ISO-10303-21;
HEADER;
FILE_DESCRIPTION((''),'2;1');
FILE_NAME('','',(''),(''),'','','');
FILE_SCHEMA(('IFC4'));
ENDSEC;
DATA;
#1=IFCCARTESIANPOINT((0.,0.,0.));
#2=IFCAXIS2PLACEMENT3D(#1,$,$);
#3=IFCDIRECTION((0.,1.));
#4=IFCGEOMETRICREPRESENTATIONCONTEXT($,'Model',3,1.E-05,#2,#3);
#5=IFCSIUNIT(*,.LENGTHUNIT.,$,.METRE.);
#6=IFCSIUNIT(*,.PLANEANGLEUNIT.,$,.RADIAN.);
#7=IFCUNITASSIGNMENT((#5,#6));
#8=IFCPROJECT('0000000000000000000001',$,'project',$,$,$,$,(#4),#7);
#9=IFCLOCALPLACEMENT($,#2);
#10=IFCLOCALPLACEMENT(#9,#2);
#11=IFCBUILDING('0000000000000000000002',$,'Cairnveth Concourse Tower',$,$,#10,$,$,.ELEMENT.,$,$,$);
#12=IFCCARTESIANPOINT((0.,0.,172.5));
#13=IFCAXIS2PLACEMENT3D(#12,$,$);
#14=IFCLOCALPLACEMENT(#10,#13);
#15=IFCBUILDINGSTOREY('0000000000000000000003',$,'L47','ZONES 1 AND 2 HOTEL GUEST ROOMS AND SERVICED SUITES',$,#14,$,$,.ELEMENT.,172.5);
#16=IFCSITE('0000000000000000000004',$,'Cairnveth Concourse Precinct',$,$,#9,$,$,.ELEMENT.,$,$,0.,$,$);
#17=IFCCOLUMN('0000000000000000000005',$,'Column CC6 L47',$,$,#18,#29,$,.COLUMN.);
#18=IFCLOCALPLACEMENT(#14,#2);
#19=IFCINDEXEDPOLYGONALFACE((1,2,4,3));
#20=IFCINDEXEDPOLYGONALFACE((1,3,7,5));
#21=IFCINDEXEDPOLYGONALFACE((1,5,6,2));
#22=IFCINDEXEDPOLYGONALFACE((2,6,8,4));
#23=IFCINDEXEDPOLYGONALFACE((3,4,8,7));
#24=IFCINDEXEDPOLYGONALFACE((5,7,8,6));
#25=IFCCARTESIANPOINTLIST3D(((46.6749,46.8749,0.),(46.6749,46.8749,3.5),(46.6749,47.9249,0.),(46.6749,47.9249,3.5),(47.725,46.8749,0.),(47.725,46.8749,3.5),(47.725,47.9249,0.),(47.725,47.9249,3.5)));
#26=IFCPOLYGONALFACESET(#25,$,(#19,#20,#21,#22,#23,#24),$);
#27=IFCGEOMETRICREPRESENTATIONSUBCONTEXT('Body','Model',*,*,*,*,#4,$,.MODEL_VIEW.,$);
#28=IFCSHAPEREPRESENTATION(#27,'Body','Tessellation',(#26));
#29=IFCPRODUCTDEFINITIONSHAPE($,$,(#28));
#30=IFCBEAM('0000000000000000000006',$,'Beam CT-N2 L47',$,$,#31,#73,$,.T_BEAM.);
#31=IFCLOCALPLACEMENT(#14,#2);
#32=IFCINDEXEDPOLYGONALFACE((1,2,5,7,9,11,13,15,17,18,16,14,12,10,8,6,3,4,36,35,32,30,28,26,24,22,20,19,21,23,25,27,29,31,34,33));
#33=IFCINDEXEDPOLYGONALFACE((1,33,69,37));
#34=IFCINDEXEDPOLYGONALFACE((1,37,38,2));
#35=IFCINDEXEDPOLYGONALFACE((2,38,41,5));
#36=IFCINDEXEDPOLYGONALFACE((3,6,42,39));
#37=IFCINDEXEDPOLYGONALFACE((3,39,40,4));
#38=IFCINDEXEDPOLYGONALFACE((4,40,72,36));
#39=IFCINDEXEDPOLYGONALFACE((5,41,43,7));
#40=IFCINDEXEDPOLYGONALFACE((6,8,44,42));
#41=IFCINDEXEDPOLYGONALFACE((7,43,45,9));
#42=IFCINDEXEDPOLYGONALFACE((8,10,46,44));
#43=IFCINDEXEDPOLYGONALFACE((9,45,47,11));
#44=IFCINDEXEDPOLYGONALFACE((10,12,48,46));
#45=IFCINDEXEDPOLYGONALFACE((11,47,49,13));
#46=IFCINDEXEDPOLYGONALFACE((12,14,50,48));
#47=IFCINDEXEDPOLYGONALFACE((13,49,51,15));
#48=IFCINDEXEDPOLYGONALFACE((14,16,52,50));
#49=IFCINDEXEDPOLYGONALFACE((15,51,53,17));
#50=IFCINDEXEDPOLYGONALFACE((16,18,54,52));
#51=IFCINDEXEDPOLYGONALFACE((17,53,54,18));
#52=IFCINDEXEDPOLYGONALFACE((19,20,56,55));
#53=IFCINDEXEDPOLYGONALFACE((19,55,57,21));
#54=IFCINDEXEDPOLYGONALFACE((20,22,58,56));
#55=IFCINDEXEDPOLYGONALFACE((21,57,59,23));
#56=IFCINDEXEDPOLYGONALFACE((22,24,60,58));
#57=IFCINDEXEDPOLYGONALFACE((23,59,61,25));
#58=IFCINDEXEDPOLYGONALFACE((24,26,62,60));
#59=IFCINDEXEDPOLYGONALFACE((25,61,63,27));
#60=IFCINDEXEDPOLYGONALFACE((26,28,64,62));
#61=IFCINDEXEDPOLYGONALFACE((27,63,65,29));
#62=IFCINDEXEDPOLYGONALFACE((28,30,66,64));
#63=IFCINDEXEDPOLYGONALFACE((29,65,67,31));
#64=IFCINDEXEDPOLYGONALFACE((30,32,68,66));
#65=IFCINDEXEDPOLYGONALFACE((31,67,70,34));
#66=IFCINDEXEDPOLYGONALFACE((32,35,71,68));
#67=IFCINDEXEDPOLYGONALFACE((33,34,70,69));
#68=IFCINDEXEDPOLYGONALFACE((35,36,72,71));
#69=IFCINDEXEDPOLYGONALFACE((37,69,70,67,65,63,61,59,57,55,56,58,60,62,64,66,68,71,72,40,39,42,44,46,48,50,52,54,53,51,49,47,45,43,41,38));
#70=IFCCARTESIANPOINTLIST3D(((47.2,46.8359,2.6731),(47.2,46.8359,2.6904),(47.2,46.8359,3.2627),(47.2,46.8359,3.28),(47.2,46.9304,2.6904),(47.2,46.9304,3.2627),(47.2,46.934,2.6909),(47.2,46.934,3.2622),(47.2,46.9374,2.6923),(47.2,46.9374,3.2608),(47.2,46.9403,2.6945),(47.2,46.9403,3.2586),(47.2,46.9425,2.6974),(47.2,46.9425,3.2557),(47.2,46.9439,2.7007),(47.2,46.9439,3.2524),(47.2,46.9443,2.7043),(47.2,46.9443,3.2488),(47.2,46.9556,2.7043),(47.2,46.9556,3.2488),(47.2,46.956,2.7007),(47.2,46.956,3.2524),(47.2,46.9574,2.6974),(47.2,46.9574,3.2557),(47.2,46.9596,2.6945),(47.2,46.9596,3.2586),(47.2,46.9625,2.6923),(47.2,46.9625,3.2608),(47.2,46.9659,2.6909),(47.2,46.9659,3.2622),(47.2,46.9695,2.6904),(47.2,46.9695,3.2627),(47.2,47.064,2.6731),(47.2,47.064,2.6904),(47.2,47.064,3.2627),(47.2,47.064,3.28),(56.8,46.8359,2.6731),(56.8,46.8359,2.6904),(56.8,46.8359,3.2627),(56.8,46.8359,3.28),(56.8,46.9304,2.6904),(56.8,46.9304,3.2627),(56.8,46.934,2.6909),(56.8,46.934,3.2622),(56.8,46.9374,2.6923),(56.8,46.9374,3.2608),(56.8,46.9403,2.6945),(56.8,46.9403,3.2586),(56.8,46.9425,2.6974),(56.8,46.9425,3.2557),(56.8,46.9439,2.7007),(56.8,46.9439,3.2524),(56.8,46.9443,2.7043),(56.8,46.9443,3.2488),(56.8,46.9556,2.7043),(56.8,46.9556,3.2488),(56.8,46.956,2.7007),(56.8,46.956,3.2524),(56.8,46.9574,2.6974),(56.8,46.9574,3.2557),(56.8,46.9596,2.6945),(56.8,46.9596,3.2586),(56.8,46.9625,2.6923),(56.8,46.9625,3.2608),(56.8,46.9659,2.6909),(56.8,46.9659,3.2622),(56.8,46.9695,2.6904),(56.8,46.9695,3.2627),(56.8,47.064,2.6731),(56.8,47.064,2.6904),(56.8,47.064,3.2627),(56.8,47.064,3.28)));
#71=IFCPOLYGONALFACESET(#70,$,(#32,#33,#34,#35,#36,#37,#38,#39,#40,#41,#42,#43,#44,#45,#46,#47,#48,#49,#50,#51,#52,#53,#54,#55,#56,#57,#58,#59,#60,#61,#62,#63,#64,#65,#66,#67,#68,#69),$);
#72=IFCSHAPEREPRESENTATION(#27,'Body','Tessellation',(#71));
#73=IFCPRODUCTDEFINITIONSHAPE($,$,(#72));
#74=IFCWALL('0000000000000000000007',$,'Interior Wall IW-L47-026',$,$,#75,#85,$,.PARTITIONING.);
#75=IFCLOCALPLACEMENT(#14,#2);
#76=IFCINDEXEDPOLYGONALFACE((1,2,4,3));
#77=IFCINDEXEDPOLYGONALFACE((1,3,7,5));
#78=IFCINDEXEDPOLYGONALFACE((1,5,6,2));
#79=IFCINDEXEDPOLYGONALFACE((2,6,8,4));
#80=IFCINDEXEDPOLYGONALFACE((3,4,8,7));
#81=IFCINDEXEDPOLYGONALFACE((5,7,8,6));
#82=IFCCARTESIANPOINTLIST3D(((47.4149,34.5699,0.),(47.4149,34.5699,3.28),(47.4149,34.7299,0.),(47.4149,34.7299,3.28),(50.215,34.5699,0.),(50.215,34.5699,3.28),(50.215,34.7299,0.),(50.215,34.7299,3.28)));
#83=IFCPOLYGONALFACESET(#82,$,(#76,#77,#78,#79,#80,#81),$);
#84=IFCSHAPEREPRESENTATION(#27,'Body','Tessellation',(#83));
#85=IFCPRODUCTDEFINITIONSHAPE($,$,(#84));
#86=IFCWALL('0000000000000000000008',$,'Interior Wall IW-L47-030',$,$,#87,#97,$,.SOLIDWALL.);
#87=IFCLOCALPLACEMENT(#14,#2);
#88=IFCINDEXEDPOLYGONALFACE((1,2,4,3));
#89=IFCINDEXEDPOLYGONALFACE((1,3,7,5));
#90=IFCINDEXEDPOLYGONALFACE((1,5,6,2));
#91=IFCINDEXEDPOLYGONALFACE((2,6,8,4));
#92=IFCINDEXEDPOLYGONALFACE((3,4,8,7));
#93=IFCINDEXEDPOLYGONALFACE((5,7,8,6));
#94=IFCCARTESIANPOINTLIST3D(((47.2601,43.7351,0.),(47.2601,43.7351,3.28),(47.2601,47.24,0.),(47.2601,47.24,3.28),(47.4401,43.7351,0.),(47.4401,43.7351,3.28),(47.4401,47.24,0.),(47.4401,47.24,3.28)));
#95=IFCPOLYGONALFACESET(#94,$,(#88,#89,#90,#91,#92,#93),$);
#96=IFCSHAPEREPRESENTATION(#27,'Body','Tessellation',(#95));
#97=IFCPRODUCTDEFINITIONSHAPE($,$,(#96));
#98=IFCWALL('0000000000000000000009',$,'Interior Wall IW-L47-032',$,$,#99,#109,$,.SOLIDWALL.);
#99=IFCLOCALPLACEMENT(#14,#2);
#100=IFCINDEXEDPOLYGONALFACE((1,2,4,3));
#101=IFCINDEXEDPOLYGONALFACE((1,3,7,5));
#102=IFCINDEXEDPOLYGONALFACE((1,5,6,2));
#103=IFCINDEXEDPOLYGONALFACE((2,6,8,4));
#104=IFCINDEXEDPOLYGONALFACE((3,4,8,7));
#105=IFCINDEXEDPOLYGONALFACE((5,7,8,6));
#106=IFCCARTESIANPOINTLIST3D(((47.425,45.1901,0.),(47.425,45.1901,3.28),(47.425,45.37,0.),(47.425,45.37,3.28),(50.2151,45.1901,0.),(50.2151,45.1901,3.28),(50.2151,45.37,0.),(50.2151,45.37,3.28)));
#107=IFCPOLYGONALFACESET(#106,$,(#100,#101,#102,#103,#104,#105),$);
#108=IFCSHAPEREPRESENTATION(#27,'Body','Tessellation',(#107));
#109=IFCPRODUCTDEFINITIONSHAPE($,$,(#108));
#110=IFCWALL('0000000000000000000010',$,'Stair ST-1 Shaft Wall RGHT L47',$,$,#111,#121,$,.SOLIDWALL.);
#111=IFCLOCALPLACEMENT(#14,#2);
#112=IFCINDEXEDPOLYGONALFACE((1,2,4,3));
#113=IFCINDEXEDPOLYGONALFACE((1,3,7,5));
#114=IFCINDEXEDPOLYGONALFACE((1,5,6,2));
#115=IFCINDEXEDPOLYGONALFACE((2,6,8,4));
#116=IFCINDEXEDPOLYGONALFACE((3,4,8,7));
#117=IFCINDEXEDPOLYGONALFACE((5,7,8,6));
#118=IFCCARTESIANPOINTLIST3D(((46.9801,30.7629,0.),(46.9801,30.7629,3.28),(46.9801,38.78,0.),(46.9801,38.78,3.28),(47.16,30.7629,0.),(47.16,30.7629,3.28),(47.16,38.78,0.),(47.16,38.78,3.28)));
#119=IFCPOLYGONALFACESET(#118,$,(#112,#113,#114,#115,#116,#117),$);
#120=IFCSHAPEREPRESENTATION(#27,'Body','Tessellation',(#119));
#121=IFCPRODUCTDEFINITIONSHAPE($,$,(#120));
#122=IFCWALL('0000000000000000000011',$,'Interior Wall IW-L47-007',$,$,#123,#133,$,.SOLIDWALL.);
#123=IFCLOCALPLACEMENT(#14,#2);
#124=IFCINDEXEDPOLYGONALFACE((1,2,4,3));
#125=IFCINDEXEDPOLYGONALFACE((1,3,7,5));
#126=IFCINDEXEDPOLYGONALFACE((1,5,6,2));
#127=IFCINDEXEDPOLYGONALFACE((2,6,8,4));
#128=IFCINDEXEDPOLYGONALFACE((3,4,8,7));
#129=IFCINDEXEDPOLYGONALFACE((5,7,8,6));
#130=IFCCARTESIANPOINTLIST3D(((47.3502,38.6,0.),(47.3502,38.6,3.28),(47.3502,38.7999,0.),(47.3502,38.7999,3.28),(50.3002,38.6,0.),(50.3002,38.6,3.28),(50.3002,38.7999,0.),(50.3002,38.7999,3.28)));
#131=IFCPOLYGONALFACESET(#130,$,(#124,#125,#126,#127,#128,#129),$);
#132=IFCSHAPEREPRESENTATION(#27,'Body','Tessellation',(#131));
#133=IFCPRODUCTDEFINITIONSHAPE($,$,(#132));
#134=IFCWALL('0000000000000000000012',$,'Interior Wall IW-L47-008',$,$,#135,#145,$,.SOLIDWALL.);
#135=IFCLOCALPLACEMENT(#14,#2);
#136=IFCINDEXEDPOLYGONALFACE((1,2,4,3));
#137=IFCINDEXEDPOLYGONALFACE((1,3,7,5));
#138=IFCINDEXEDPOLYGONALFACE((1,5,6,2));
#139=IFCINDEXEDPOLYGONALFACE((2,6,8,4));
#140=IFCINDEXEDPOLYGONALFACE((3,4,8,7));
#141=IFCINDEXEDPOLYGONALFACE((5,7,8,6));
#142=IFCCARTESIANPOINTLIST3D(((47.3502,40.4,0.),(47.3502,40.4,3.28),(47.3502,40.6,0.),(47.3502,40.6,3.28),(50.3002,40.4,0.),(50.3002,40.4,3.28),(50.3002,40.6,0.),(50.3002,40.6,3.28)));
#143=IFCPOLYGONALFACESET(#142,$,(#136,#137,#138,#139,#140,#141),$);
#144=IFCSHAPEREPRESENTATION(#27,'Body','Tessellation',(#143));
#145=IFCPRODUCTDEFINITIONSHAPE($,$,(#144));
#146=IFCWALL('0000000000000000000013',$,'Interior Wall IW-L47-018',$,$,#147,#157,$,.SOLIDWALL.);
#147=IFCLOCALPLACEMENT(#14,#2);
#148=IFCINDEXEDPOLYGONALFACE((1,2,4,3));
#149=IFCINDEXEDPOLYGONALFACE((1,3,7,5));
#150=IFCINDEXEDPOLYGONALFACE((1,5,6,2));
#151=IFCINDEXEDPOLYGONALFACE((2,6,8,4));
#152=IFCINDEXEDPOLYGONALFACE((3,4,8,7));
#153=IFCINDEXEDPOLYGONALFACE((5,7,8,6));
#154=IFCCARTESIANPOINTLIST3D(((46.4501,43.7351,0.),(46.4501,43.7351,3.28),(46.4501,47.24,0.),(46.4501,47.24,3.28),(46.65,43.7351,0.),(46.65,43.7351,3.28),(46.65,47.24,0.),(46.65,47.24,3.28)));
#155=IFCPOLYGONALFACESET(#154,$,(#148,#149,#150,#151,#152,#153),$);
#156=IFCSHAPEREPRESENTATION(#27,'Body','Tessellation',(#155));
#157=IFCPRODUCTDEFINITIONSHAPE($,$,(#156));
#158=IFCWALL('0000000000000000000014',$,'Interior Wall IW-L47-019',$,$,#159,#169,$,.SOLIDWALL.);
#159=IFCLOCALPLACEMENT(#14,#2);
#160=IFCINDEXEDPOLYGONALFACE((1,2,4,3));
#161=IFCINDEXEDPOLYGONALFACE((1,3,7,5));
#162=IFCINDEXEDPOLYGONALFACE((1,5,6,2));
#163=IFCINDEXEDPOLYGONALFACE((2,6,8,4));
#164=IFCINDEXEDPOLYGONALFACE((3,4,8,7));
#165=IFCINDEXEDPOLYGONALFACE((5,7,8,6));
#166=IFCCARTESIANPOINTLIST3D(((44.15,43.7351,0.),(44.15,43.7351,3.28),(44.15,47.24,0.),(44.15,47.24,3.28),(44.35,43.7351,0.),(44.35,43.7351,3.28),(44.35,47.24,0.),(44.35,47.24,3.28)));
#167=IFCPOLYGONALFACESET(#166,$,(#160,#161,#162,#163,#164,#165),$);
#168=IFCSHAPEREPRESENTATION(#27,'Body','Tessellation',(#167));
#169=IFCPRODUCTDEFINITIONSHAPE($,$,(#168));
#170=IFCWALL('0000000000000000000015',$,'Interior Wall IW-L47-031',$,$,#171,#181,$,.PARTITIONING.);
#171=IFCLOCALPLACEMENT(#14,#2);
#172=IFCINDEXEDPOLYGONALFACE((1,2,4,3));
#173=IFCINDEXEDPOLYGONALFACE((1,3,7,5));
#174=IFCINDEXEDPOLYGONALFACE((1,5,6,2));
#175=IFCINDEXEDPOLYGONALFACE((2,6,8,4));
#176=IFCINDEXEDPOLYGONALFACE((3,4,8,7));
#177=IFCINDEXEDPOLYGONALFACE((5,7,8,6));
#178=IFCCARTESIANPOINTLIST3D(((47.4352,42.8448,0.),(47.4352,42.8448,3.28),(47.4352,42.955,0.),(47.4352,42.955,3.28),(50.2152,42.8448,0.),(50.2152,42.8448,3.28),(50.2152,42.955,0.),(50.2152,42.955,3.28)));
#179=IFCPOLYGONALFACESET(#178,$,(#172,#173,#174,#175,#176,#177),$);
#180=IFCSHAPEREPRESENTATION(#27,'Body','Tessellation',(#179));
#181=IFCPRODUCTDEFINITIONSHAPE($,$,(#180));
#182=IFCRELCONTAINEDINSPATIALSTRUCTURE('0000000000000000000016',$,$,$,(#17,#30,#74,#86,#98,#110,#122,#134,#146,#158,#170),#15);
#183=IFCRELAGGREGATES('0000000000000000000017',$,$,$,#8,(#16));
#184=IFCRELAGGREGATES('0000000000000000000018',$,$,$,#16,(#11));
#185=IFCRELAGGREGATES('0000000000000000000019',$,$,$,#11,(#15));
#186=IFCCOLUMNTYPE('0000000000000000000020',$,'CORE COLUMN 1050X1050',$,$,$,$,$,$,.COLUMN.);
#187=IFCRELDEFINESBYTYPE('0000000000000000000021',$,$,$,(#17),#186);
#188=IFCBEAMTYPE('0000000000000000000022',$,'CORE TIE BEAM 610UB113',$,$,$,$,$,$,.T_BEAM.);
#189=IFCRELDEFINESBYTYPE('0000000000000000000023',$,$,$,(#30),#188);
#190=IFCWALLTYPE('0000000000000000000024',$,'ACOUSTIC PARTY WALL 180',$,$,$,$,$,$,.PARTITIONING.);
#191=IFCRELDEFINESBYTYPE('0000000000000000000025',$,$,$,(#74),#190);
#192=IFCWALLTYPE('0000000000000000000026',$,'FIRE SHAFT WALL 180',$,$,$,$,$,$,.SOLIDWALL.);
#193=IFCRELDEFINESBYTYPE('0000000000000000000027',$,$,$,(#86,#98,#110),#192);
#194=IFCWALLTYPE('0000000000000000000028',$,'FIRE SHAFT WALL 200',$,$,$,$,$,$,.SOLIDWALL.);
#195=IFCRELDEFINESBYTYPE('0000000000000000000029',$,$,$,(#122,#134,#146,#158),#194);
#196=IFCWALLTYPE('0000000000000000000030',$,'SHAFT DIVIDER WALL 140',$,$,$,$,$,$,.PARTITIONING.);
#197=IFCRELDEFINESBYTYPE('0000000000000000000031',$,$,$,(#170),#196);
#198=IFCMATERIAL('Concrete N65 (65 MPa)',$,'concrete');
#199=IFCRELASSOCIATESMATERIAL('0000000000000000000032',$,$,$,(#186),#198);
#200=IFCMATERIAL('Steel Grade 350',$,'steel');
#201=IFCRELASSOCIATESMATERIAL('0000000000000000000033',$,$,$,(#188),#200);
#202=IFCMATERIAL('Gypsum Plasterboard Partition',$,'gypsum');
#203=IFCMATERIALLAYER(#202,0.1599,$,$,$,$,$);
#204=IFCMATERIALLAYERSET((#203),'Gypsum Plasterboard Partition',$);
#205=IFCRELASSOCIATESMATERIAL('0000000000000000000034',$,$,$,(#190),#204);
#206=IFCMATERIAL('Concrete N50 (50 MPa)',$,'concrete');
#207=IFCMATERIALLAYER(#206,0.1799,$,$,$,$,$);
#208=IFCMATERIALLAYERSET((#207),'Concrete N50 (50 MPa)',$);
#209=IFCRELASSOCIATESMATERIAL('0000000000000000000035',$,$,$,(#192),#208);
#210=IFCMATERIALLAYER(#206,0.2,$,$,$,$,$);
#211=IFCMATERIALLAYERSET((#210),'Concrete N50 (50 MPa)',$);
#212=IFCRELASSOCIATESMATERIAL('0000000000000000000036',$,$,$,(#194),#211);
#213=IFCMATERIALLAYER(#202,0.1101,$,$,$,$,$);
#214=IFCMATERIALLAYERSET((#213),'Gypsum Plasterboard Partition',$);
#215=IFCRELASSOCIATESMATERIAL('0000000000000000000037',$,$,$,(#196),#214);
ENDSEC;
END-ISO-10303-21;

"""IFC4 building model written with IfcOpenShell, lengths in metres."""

from ifc_helpers import new_model, si_unit, direction, frame, frame_2d, origin, origin_2d, place, context, subcontext, project, spatial, rectangle, i_section, extrude, material, layer, layer_set, material_profile, profile_set, type_object, element, save


model = new_model("IFC4")

# Units and contexts
model_context = context("Model", 3, precision=1e-05, world=origin(), true_north=direction((0.0, 1.0)))
body_context = subcontext(model_context, "Body", "Model", "MODEL_VIEW")
ifc_project = project(units=[si_unit("LENGTHUNIT", "METRE"), si_unit("PLANEANGLEUNIT", "RADIAN")], contexts=[model_context])

# Site, building, storey
site_placement = place(None, origin())
site = spatial("IfcSite", under=ifc_project, at=site_placement, Name="Cairnveth Concourse Precinct", CompositionType="ELEMENT", RefElevation=0.0)
building_placement = place(site_placement, origin())
building = spatial("IfcBuilding", under=site, at=building_placement, Name="Cairnveth Concourse Tower", CompositionType="ELEMENT")
storey_placement = place(building_placement, frame((0.0, 0.0, 172.5)))
storey = spatial("IfcBuildingStorey", under=building, at=storey_placement, Name="L47", Description="ZONES 1 AND 2 HOTEL GUEST ROOMS AND SERVICED SUITES", CompositionType="ELEMENT", Elevation=172.5)

# Column
ifc_material_1 = material(Name="Concrete N65 (65 MPa)", Category="concrete")
ifc_material_profile_1 = material_profile(ifc_material_1, rectangle(XDim=1.05, YDim=1.05, at=origin_2d()), Name="RC-COL-1050x1050")
ifc_profile_set_1 = profile_set([ifc_material_profile_1], Name="Concrete N65 (65 MPa)")
column_type = type_object("IfcColumnType", Name="CORE COLUMN 1050X1050", PredefinedType="COLUMN", material=ifc_profile_set_1)
column_placement = place(storey_placement, frame((47.2, 47.3999, 0.0), z_axis=(0.0, 0.0, 1.0), x_axis=(1.0, 0.0, 0.0)))
element("IfcColumn", 1, at=column_placement, inside=storey, type_object=column_type, Name="Column CC6 L47", PredefinedType="COLUMN", context=body_context, shape_type="SweptSolid", body=[
    extrude(rectangle(XDim=1.05, YDim=1.05, at=origin_2d()), origin(), (0.0, 0.0, 1.0), 3.5),
])

# Beam
ifc_material_2 = material(Name="Steel Grade 350", Category="steel")
ifc_material_profile_2 = material_profile(ifc_material_2, i_section(OverallWidth=0.228, OverallDepth=0.6069, WebThickness=0.0112, FlangeThickness=0.0173, FilletRadius=0.0139, at=origin_2d()), Name="610UB113")
ifc_profile_set_2 = profile_set([ifc_material_profile_2], Name="Steel Grade 350")
beam_type = type_object("IfcBeamType", Name="CORE TIE BEAM 610UB113", PredefinedType="T_BEAM", material=ifc_profile_set_2)
beam_placement = place(storey_placement, frame((47.2, 46.95, 2.9766), z_axis=(1.0, 0.0, 0.0), x_axis=(0.0, 1.0, 0.0)))
element("IfcBeam", 2, at=beam_placement, inside=storey, type_object=beam_type, Name="Beam CT-N2 L47", PredefinedType="T_BEAM", context=body_context, shape_type="SweptSolid", body=[
    extrude(i_section(OverallWidth=0.228, OverallDepth=0.6069, WebThickness=0.0112, FlangeThickness=0.0173, FilletRadius=0.0139, at=origin_2d()), origin(), (0.0, 0.0, 1.0), 9.6001),
])

# Walls
ifc_material_3 = material(Name="Gypsum Plasterboard Partition", Category="gypsum")
ifc_layer_1 = layer(ifc_material_3, 0.1599)
ifc_layer_set_1 = layer_set([ifc_layer_1], Name="Gypsum Plasterboard Partition")
wall_type_1 = type_object("IfcWallType", Name="ACOUSTIC PARTY WALL 180", PredefinedType="PARTITIONING", material=ifc_layer_set_1)
wall_1_placement = place(storey_placement, frame((47.415, 34.6499, 0.0), z_axis=(0.0, 0.0, 1.0), x_axis=(1.0, 0.0, 0.0)))
element("IfcWall", 3, at=wall_1_placement, inside=storey, type_object=wall_type_1, Name="Interior Wall IW-L47-026", PredefinedType="PARTITIONING", context=body_context, shape_type="SweptSolid", body=[
    extrude(rectangle(XDim=2.8, YDim=0.1599, at=frame_2d((1.3999, 0.0))), origin(), (0.0, 0.0, 1.0), 3.28),
])
ifc_material_4 = material(Name="Concrete N50 (50 MPa)", Category="concrete")
ifc_layer_2 = layer(ifc_material_4, 0.1799)
ifc_layer_set_2 = layer_set([ifc_layer_2], Name="Concrete N50 (50 MPa)")
wall_type_2 = type_object("IfcWallType", Name="FIRE SHAFT WALL 180", PredefinedType="SOLIDWALL", material=ifc_layer_set_2)
wall_2_placement = place(storey_placement, frame((47.3501, 43.7351, 0.0), z_axis=(0.0, 0.0, 1.0), x_axis=(0.0, 1.0, 0.0)))
element("IfcWall", 4, at=wall_2_placement, inside=storey, type_object=wall_type_2, Name="Interior Wall IW-L47-030", PredefinedType="SOLIDWALL", context=body_context, shape_type="SweptSolid", body=[
    extrude(rectangle(XDim=3.5049, YDim=0.1799, at=frame_2d((1.7524, 0.0))), origin(), (0.0, 0.0, 1.0), 3.28),
])
wall_3_placement = place(storey_placement, frame((47.425, 45.28, 0.0), z_axis=(0.0, 0.0, 1.0), x_axis=(1.0, 0.0, 0.0)))
element("IfcWall", 5, at=wall_3_placement, inside=storey, type_object=wall_type_2, Name="Interior Wall IW-L47-032", PredefinedType="SOLIDWALL", context=body_context, shape_type="SweptSolid", body=[
    extrude(rectangle(XDim=2.79, YDim=0.1799, at=frame_2d((1.395, 0.0))), origin(), (0.0, 0.0, 1.0), 3.28),
])
wall_4_placement = place(storey_placement, frame((47.0701, 38.78, 0.0), z_axis=(0.0, 0.0, 1.0), x_axis=(0.0, -1.0, 0.0)))
element("IfcWall", 6, at=wall_4_placement, inside=storey, type_object=wall_type_2, Name="Stair ST-1 Shaft Wall RGHT L47", PredefinedType="SOLIDWALL", context=body_context, shape_type="SweptSolid", body=[
    extrude(rectangle(XDim=8.0171, YDim=0.1799, at=frame_2d((4.0085, 0.0))), origin(), (0.0, 0.0, 1.0), 3.28),
])
ifc_layer_3 = layer(ifc_material_4, 0.2)
ifc_layer_set_3 = layer_set([ifc_layer_3], Name="Concrete N50 (50 MPa)")
wall_type_3 = type_object("IfcWallType", Name="FIRE SHAFT WALL 200", PredefinedType="SOLIDWALL", material=ifc_layer_set_3)
for number, where, z_axis, x_axis, name in (
    (7, (47.3501, 38.7, 0.0), (0.0, 0.0, 1.0), (1.0, 0.0, 0.0), "Interior Wall IW-L47-007"),
    (8, (47.3501, 40.5, 0.0), (0.0, 0.0, 1.0), (1.0, 0.0, 0.0), "Interior Wall IW-L47-008"),
):
    element("IfcWall", number, at=place(storey_placement, frame(where, z_axis=z_axis, x_axis=x_axis)), inside=storey, type_object=wall_type_3, Name=name, PredefinedType="SOLIDWALL", context=body_context, shape_type="SweptSolid", body=[
        extrude(rectangle(XDim=2.95, YDim=0.2, at=frame_2d((1.4751, 0.0))), origin(), (0.0, 0.0, 1.0), 3.28),
    ])

# Walls
for number, where, z_axis, x_axis, name in (
    (9, (46.55, 43.7351, 0.0), (0.0, 0.0, 1.0), (0.0, 1.0, 0.0), "Interior Wall IW-L47-018"),
    (10, (44.25, 43.7351, 0.0), (0.0, 0.0, 1.0), (0.0, 1.0, 0.0), "Interior Wall IW-L47-019"),
):
    element("IfcWall", number, at=place(storey_placement, frame(where, z_axis=z_axis, x_axis=x_axis)), inside=storey, type_object=wall_type_3, Name=name, PredefinedType="SOLIDWALL", context=body_context, shape_type="SweptSolid", body=[
        extrude(rectangle(XDim=3.5049, YDim=0.2, at=frame_2d((1.7524, 0.0))), origin(), (0.0, 0.0, 1.0), 3.28),
    ])
ifc_layer_4 = layer(ifc_material_3, 0.1101)
ifc_layer_set_4 = layer_set([ifc_layer_4], Name="Gypsum Plasterboard Partition")
wall_type_4 = type_object("IfcWallType", Name="SHAFT DIVIDER WALL 140", PredefinedType="PARTITIONING", material=ifc_layer_set_4)
wall_5_placement = place(storey_placement, frame((47.4351, 42.8999, 0.0), z_axis=(0.0, 0.0, 1.0), x_axis=(1.0, 0.0, 0.0)))
element("IfcWall", 11, at=wall_5_placement, inside=storey, type_object=wall_type_4, Name="Interior Wall IW-L47-031", PredefinedType="PARTITIONING", context=body_context, shape_type="SweptSolid", body=[
    extrude(rectangle(XDim=2.78, YDim=0.1101, at=frame_2d((1.3901, 0.0))), origin(), (0.0, 0.0, 1.0), 3.28),
])

save(model, "model.ifc")
